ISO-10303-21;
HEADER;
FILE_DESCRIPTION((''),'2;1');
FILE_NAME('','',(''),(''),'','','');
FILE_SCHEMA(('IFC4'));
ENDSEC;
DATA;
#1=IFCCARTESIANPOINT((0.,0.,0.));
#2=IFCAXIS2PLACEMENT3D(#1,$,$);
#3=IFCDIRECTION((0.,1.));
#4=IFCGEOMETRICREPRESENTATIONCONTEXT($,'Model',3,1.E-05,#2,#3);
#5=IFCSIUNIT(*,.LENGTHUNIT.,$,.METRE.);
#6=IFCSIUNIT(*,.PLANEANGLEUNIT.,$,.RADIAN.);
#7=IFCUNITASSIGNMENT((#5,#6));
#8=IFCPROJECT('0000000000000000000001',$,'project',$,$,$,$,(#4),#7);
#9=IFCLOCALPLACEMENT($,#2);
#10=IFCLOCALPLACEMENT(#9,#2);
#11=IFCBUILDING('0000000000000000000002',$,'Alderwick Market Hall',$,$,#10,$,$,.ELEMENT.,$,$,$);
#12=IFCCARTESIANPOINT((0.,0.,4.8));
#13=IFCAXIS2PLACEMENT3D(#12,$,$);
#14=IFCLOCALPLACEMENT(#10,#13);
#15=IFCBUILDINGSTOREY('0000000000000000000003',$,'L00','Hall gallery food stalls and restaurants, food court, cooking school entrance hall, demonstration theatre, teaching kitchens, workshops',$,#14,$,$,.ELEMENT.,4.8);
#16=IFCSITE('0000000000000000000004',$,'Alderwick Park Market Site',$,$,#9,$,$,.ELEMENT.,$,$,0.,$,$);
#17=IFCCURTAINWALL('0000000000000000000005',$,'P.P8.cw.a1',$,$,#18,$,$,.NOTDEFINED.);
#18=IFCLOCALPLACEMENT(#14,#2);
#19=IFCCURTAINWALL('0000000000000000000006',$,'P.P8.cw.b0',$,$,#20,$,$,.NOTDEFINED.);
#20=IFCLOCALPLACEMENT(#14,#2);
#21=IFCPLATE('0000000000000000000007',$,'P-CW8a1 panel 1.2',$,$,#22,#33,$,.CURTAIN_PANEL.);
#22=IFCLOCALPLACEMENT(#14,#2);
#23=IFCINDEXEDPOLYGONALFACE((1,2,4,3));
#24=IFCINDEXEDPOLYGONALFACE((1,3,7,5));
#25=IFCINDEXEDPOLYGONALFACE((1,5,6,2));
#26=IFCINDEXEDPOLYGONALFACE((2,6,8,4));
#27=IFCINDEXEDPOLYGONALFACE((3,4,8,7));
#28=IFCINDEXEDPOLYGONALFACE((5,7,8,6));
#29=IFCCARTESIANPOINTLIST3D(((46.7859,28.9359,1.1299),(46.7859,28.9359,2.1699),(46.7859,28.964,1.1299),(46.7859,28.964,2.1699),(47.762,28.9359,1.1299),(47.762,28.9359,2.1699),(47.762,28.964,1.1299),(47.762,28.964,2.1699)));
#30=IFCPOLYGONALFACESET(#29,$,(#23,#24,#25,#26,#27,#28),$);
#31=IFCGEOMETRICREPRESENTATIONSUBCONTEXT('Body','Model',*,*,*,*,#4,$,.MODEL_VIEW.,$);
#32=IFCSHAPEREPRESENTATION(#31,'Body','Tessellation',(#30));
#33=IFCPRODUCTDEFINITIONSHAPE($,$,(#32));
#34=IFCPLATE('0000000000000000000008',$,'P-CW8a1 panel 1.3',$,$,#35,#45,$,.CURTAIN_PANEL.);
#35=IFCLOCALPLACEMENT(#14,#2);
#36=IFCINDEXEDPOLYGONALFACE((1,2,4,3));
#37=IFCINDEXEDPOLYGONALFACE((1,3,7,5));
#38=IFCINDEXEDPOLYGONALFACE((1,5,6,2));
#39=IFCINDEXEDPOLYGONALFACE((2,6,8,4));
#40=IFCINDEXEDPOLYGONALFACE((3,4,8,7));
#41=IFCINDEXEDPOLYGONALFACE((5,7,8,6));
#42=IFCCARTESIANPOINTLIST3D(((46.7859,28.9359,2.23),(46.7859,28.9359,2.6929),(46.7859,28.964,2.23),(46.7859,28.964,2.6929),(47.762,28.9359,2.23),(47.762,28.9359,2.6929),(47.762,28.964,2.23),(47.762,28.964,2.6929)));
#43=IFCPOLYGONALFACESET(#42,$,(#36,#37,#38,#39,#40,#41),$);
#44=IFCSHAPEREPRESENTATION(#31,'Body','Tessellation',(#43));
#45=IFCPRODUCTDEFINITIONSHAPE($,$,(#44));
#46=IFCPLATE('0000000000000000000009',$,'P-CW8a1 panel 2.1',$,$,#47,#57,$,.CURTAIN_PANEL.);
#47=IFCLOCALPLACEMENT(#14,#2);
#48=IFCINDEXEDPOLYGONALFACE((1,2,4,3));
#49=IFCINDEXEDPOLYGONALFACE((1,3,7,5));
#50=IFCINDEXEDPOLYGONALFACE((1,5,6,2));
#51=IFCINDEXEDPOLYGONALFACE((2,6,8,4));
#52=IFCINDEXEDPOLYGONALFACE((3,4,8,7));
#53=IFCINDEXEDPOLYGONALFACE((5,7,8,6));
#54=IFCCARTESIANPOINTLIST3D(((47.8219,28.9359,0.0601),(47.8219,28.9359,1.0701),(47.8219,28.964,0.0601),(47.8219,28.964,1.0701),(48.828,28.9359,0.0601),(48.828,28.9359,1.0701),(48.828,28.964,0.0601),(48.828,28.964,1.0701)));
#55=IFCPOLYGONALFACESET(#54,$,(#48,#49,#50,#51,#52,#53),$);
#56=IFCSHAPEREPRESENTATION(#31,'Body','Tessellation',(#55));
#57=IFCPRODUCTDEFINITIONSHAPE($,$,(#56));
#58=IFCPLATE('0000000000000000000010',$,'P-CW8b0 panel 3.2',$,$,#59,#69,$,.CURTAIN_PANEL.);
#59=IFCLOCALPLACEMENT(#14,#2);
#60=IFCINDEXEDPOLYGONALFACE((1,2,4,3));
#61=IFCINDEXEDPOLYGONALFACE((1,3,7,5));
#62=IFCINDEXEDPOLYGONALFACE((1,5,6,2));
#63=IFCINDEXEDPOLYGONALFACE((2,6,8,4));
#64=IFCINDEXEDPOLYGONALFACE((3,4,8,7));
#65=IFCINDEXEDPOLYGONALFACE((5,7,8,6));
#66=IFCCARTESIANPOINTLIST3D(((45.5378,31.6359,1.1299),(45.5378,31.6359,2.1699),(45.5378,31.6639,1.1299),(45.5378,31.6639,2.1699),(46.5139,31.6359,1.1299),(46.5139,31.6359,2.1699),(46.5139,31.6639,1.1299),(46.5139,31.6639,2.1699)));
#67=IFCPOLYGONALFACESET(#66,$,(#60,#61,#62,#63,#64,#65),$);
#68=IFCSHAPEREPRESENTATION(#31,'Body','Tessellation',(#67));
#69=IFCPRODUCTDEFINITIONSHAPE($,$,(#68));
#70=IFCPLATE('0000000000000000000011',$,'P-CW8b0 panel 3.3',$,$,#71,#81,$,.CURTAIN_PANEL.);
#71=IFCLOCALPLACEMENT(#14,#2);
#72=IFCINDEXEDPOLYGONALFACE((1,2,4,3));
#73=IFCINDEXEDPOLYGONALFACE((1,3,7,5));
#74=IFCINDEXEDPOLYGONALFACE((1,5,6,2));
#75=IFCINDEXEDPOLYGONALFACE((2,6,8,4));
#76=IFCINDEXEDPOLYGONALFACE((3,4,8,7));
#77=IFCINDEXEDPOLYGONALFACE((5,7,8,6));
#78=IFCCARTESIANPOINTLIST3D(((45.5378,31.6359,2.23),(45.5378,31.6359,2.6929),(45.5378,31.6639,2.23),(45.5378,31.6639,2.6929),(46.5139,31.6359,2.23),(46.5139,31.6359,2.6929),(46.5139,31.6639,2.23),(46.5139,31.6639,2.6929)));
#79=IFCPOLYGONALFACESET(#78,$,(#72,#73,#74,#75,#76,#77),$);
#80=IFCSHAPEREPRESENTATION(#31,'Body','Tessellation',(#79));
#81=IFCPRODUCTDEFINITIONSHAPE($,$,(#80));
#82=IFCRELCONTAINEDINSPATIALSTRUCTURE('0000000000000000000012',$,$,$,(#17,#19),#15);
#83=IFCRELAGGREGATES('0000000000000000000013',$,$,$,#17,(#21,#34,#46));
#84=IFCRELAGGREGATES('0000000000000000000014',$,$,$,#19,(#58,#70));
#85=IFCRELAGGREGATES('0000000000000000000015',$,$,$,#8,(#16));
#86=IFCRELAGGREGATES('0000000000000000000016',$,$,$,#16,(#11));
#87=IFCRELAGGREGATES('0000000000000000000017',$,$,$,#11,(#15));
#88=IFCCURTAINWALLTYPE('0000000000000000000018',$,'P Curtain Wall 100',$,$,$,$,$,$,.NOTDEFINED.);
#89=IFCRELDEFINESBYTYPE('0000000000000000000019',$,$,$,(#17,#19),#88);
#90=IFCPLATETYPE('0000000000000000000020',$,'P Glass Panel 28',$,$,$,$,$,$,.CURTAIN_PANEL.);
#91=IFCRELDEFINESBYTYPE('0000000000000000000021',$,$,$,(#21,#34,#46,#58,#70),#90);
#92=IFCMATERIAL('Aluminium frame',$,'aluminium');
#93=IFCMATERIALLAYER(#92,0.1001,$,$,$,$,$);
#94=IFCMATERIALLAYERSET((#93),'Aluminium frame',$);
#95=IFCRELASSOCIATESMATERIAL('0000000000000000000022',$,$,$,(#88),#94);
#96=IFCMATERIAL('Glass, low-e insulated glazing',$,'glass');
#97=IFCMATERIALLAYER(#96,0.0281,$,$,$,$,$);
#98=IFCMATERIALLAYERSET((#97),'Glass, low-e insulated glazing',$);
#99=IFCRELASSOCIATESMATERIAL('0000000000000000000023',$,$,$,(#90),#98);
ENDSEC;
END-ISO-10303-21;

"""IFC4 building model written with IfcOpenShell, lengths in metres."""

from ifc_helpers import new_model, si_unit, direction, frame, origin, origin_2d, place, context, subcontext, project, spatial, rectangle, extrude, material, layer, layer_set, type_object, element, aggregate, save


model = new_model("IFC4")

# Units and contexts
model_context = context("Model", 3, precision=1e-05, world=origin(), true_north=direction((0.0, 1.0)))
body_context = subcontext(model_context, "Body", "Model", "MODEL_VIEW")
ifc_project = project(units=[si_unit("LENGTHUNIT", "METRE"), si_unit("PLANEANGLEUNIT", "RADIAN")], contexts=[model_context])

# Site, building, storey
site_placement = place(None, origin())
site = spatial("IfcSite", under=ifc_project, at=site_placement, Name="Alderwick Park Market Site", CompositionType="ELEMENT", RefElevation=0.0)
building_placement = place(site_placement, origin())
building = spatial("IfcBuilding", under=site, at=building_placement, Name="Alderwick Market Hall", CompositionType="ELEMENT")
storey_placement = place(building_placement, frame((0.0, 0.0, 4.8)))
storey = spatial("IfcBuildingStorey", under=building, at=storey_placement, Name="L00", Description="Hall gallery food stalls and restaurants, food court, cooking school entrance hall, demonstration theatre, teaching kitchens, workshops", CompositionType="ELEMENT", Elevation=4.8)

# Shared definitions
ifc_material_1 = material(Name="Aluminium frame", Category="aluminium")
ifc_layer_1 = layer(ifc_material_1, 0.1001)
ifc_layer_set_1 = layer_set([ifc_layer_1], Name="Aluminium frame")
curtain_wall_type = type_object("IfcCurtainWallType", Name="P Curtain Wall 100", PredefinedType="NOTDEFINED", material=ifc_layer_set_1)

# Curtain wall
curtain_wall_1_placement = place(storey_placement, origin())
curtain_wall_1 = element("IfcCurtainWall", 1, at=curtain_wall_1_placement, inside=storey, type_object=curtain_wall_type, Name="P.P8.cw.a1", PredefinedType="NOTDEFINED")

# Curtain wall
curtain_wall_2_placement = place(storey_placement, origin())
curtain_wall_2 = element("IfcCurtainWall", 2, at=curtain_wall_2_placement, inside=storey, type_object=curtain_wall_type, Name="P.P8.cw.b0", PredefinedType="NOTDEFINED")

# Plates
ifc_material_2 = material(Name="Glass, low-e insulated glazing", Category="glass")
ifc_layer_2 = layer(ifc_material_2, 0.0281)
ifc_layer_set_2 = layer_set([ifc_layer_2], Name="Glass, low-e insulated glazing")
plate_type = type_object("IfcPlateType", Name="P Glass Panel 28", PredefinedType="CURTAIN_PANEL", material=ifc_layer_set_2)
plate_1_placement = place(storey_placement, frame((47.2739, 28.95, 1.1299), z_axis=(0.0, 0.0, 1.0), x_axis=(1.0, 0.0, 0.0)))
plate_1 = element("IfcPlate", 3, at=plate_1_placement, type_object=plate_type, Name="P-CW8a1 panel 1.2", PredefinedType="CURTAIN_PANEL", context=body_context, shape_type="SweptSolid", body=[
    extrude(rectangle(XDim=0.9761, YDim=0.0281, at=origin_2d()), origin(), (0.0, 0.0, 1.0), 1.04),
])
plate_2_placement = place(storey_placement, frame((47.2739, 28.95, 2.23), z_axis=(0.0, 0.0, 1.0), x_axis=(1.0, 0.0, 0.0)))
plate_2 = element("IfcPlate", 4, at=plate_2_placement, type_object=plate_type, Name="P-CW8a1 panel 1.3", PredefinedType="CURTAIN_PANEL", context=body_context, shape_type="SweptSolid", body=[
    extrude(rectangle(XDim=0.9761, YDim=0.0281, at=origin_2d()), origin(), (0.0, 0.0, 1.0), 0.4629),
])
plate_3_placement = place(storey_placement, frame((48.325, 28.95, 0.0601), z_axis=(0.0, 0.0, 1.0), x_axis=(1.0, 0.0, 0.0)))
plate_3 = element("IfcPlate", 5, at=plate_3_placement, type_object=plate_type, Name="P-CW8a1 panel 2.1", PredefinedType="CURTAIN_PANEL", context=body_context, shape_type="SweptSolid", body=[
    extrude(rectangle(XDim=1.0061, YDim=0.0281, at=origin_2d()), origin(), (0.0, 0.0, 1.0), 1.01),
])
aggregate(curtain_wall_1, [plate_1, plate_2, plate_3])
plate_4_placement = place(storey_placement, frame((46.0259, 31.6499, 1.1299), z_axis=(0.0, 0.0, 1.0), x_axis=(1.0, 0.0, 0.0)))
plate_4 = element("IfcPlate", 6, at=plate_4_placement, type_object=plate_type, Name="P-CW8b0 panel 3.2", PredefinedType="CURTAIN_PANEL", context=body_context, shape_type="SweptSolid", body=[
    extrude(rectangle(XDim=0.9761, YDim=0.0281, at=origin_2d()), origin(), (0.0, 0.0, 1.0), 1.04),
])
plate_5_placement = place(storey_placement, frame((46.0259, 31.6499, 2.23), z_axis=(0.0, 0.0, 1.0), x_axis=(1.0, 0.0, 0.0)))
plate_5 = element("IfcPlate", 7, at=plate_5_placement, type_object=plate_type, Name="P-CW8b0 panel 3.3", PredefinedType="CURTAIN_PANEL", context=body_context, shape_type="SweptSolid", body=[
    extrude(rectangle(XDim=0.9761, YDim=0.0281, at=origin_2d()), origin(), (0.0, 0.0, 1.0), 0.4629),
])
aggregate(curtain_wall_2, [plate_4, plate_5])

save(model, "model.ifc")
